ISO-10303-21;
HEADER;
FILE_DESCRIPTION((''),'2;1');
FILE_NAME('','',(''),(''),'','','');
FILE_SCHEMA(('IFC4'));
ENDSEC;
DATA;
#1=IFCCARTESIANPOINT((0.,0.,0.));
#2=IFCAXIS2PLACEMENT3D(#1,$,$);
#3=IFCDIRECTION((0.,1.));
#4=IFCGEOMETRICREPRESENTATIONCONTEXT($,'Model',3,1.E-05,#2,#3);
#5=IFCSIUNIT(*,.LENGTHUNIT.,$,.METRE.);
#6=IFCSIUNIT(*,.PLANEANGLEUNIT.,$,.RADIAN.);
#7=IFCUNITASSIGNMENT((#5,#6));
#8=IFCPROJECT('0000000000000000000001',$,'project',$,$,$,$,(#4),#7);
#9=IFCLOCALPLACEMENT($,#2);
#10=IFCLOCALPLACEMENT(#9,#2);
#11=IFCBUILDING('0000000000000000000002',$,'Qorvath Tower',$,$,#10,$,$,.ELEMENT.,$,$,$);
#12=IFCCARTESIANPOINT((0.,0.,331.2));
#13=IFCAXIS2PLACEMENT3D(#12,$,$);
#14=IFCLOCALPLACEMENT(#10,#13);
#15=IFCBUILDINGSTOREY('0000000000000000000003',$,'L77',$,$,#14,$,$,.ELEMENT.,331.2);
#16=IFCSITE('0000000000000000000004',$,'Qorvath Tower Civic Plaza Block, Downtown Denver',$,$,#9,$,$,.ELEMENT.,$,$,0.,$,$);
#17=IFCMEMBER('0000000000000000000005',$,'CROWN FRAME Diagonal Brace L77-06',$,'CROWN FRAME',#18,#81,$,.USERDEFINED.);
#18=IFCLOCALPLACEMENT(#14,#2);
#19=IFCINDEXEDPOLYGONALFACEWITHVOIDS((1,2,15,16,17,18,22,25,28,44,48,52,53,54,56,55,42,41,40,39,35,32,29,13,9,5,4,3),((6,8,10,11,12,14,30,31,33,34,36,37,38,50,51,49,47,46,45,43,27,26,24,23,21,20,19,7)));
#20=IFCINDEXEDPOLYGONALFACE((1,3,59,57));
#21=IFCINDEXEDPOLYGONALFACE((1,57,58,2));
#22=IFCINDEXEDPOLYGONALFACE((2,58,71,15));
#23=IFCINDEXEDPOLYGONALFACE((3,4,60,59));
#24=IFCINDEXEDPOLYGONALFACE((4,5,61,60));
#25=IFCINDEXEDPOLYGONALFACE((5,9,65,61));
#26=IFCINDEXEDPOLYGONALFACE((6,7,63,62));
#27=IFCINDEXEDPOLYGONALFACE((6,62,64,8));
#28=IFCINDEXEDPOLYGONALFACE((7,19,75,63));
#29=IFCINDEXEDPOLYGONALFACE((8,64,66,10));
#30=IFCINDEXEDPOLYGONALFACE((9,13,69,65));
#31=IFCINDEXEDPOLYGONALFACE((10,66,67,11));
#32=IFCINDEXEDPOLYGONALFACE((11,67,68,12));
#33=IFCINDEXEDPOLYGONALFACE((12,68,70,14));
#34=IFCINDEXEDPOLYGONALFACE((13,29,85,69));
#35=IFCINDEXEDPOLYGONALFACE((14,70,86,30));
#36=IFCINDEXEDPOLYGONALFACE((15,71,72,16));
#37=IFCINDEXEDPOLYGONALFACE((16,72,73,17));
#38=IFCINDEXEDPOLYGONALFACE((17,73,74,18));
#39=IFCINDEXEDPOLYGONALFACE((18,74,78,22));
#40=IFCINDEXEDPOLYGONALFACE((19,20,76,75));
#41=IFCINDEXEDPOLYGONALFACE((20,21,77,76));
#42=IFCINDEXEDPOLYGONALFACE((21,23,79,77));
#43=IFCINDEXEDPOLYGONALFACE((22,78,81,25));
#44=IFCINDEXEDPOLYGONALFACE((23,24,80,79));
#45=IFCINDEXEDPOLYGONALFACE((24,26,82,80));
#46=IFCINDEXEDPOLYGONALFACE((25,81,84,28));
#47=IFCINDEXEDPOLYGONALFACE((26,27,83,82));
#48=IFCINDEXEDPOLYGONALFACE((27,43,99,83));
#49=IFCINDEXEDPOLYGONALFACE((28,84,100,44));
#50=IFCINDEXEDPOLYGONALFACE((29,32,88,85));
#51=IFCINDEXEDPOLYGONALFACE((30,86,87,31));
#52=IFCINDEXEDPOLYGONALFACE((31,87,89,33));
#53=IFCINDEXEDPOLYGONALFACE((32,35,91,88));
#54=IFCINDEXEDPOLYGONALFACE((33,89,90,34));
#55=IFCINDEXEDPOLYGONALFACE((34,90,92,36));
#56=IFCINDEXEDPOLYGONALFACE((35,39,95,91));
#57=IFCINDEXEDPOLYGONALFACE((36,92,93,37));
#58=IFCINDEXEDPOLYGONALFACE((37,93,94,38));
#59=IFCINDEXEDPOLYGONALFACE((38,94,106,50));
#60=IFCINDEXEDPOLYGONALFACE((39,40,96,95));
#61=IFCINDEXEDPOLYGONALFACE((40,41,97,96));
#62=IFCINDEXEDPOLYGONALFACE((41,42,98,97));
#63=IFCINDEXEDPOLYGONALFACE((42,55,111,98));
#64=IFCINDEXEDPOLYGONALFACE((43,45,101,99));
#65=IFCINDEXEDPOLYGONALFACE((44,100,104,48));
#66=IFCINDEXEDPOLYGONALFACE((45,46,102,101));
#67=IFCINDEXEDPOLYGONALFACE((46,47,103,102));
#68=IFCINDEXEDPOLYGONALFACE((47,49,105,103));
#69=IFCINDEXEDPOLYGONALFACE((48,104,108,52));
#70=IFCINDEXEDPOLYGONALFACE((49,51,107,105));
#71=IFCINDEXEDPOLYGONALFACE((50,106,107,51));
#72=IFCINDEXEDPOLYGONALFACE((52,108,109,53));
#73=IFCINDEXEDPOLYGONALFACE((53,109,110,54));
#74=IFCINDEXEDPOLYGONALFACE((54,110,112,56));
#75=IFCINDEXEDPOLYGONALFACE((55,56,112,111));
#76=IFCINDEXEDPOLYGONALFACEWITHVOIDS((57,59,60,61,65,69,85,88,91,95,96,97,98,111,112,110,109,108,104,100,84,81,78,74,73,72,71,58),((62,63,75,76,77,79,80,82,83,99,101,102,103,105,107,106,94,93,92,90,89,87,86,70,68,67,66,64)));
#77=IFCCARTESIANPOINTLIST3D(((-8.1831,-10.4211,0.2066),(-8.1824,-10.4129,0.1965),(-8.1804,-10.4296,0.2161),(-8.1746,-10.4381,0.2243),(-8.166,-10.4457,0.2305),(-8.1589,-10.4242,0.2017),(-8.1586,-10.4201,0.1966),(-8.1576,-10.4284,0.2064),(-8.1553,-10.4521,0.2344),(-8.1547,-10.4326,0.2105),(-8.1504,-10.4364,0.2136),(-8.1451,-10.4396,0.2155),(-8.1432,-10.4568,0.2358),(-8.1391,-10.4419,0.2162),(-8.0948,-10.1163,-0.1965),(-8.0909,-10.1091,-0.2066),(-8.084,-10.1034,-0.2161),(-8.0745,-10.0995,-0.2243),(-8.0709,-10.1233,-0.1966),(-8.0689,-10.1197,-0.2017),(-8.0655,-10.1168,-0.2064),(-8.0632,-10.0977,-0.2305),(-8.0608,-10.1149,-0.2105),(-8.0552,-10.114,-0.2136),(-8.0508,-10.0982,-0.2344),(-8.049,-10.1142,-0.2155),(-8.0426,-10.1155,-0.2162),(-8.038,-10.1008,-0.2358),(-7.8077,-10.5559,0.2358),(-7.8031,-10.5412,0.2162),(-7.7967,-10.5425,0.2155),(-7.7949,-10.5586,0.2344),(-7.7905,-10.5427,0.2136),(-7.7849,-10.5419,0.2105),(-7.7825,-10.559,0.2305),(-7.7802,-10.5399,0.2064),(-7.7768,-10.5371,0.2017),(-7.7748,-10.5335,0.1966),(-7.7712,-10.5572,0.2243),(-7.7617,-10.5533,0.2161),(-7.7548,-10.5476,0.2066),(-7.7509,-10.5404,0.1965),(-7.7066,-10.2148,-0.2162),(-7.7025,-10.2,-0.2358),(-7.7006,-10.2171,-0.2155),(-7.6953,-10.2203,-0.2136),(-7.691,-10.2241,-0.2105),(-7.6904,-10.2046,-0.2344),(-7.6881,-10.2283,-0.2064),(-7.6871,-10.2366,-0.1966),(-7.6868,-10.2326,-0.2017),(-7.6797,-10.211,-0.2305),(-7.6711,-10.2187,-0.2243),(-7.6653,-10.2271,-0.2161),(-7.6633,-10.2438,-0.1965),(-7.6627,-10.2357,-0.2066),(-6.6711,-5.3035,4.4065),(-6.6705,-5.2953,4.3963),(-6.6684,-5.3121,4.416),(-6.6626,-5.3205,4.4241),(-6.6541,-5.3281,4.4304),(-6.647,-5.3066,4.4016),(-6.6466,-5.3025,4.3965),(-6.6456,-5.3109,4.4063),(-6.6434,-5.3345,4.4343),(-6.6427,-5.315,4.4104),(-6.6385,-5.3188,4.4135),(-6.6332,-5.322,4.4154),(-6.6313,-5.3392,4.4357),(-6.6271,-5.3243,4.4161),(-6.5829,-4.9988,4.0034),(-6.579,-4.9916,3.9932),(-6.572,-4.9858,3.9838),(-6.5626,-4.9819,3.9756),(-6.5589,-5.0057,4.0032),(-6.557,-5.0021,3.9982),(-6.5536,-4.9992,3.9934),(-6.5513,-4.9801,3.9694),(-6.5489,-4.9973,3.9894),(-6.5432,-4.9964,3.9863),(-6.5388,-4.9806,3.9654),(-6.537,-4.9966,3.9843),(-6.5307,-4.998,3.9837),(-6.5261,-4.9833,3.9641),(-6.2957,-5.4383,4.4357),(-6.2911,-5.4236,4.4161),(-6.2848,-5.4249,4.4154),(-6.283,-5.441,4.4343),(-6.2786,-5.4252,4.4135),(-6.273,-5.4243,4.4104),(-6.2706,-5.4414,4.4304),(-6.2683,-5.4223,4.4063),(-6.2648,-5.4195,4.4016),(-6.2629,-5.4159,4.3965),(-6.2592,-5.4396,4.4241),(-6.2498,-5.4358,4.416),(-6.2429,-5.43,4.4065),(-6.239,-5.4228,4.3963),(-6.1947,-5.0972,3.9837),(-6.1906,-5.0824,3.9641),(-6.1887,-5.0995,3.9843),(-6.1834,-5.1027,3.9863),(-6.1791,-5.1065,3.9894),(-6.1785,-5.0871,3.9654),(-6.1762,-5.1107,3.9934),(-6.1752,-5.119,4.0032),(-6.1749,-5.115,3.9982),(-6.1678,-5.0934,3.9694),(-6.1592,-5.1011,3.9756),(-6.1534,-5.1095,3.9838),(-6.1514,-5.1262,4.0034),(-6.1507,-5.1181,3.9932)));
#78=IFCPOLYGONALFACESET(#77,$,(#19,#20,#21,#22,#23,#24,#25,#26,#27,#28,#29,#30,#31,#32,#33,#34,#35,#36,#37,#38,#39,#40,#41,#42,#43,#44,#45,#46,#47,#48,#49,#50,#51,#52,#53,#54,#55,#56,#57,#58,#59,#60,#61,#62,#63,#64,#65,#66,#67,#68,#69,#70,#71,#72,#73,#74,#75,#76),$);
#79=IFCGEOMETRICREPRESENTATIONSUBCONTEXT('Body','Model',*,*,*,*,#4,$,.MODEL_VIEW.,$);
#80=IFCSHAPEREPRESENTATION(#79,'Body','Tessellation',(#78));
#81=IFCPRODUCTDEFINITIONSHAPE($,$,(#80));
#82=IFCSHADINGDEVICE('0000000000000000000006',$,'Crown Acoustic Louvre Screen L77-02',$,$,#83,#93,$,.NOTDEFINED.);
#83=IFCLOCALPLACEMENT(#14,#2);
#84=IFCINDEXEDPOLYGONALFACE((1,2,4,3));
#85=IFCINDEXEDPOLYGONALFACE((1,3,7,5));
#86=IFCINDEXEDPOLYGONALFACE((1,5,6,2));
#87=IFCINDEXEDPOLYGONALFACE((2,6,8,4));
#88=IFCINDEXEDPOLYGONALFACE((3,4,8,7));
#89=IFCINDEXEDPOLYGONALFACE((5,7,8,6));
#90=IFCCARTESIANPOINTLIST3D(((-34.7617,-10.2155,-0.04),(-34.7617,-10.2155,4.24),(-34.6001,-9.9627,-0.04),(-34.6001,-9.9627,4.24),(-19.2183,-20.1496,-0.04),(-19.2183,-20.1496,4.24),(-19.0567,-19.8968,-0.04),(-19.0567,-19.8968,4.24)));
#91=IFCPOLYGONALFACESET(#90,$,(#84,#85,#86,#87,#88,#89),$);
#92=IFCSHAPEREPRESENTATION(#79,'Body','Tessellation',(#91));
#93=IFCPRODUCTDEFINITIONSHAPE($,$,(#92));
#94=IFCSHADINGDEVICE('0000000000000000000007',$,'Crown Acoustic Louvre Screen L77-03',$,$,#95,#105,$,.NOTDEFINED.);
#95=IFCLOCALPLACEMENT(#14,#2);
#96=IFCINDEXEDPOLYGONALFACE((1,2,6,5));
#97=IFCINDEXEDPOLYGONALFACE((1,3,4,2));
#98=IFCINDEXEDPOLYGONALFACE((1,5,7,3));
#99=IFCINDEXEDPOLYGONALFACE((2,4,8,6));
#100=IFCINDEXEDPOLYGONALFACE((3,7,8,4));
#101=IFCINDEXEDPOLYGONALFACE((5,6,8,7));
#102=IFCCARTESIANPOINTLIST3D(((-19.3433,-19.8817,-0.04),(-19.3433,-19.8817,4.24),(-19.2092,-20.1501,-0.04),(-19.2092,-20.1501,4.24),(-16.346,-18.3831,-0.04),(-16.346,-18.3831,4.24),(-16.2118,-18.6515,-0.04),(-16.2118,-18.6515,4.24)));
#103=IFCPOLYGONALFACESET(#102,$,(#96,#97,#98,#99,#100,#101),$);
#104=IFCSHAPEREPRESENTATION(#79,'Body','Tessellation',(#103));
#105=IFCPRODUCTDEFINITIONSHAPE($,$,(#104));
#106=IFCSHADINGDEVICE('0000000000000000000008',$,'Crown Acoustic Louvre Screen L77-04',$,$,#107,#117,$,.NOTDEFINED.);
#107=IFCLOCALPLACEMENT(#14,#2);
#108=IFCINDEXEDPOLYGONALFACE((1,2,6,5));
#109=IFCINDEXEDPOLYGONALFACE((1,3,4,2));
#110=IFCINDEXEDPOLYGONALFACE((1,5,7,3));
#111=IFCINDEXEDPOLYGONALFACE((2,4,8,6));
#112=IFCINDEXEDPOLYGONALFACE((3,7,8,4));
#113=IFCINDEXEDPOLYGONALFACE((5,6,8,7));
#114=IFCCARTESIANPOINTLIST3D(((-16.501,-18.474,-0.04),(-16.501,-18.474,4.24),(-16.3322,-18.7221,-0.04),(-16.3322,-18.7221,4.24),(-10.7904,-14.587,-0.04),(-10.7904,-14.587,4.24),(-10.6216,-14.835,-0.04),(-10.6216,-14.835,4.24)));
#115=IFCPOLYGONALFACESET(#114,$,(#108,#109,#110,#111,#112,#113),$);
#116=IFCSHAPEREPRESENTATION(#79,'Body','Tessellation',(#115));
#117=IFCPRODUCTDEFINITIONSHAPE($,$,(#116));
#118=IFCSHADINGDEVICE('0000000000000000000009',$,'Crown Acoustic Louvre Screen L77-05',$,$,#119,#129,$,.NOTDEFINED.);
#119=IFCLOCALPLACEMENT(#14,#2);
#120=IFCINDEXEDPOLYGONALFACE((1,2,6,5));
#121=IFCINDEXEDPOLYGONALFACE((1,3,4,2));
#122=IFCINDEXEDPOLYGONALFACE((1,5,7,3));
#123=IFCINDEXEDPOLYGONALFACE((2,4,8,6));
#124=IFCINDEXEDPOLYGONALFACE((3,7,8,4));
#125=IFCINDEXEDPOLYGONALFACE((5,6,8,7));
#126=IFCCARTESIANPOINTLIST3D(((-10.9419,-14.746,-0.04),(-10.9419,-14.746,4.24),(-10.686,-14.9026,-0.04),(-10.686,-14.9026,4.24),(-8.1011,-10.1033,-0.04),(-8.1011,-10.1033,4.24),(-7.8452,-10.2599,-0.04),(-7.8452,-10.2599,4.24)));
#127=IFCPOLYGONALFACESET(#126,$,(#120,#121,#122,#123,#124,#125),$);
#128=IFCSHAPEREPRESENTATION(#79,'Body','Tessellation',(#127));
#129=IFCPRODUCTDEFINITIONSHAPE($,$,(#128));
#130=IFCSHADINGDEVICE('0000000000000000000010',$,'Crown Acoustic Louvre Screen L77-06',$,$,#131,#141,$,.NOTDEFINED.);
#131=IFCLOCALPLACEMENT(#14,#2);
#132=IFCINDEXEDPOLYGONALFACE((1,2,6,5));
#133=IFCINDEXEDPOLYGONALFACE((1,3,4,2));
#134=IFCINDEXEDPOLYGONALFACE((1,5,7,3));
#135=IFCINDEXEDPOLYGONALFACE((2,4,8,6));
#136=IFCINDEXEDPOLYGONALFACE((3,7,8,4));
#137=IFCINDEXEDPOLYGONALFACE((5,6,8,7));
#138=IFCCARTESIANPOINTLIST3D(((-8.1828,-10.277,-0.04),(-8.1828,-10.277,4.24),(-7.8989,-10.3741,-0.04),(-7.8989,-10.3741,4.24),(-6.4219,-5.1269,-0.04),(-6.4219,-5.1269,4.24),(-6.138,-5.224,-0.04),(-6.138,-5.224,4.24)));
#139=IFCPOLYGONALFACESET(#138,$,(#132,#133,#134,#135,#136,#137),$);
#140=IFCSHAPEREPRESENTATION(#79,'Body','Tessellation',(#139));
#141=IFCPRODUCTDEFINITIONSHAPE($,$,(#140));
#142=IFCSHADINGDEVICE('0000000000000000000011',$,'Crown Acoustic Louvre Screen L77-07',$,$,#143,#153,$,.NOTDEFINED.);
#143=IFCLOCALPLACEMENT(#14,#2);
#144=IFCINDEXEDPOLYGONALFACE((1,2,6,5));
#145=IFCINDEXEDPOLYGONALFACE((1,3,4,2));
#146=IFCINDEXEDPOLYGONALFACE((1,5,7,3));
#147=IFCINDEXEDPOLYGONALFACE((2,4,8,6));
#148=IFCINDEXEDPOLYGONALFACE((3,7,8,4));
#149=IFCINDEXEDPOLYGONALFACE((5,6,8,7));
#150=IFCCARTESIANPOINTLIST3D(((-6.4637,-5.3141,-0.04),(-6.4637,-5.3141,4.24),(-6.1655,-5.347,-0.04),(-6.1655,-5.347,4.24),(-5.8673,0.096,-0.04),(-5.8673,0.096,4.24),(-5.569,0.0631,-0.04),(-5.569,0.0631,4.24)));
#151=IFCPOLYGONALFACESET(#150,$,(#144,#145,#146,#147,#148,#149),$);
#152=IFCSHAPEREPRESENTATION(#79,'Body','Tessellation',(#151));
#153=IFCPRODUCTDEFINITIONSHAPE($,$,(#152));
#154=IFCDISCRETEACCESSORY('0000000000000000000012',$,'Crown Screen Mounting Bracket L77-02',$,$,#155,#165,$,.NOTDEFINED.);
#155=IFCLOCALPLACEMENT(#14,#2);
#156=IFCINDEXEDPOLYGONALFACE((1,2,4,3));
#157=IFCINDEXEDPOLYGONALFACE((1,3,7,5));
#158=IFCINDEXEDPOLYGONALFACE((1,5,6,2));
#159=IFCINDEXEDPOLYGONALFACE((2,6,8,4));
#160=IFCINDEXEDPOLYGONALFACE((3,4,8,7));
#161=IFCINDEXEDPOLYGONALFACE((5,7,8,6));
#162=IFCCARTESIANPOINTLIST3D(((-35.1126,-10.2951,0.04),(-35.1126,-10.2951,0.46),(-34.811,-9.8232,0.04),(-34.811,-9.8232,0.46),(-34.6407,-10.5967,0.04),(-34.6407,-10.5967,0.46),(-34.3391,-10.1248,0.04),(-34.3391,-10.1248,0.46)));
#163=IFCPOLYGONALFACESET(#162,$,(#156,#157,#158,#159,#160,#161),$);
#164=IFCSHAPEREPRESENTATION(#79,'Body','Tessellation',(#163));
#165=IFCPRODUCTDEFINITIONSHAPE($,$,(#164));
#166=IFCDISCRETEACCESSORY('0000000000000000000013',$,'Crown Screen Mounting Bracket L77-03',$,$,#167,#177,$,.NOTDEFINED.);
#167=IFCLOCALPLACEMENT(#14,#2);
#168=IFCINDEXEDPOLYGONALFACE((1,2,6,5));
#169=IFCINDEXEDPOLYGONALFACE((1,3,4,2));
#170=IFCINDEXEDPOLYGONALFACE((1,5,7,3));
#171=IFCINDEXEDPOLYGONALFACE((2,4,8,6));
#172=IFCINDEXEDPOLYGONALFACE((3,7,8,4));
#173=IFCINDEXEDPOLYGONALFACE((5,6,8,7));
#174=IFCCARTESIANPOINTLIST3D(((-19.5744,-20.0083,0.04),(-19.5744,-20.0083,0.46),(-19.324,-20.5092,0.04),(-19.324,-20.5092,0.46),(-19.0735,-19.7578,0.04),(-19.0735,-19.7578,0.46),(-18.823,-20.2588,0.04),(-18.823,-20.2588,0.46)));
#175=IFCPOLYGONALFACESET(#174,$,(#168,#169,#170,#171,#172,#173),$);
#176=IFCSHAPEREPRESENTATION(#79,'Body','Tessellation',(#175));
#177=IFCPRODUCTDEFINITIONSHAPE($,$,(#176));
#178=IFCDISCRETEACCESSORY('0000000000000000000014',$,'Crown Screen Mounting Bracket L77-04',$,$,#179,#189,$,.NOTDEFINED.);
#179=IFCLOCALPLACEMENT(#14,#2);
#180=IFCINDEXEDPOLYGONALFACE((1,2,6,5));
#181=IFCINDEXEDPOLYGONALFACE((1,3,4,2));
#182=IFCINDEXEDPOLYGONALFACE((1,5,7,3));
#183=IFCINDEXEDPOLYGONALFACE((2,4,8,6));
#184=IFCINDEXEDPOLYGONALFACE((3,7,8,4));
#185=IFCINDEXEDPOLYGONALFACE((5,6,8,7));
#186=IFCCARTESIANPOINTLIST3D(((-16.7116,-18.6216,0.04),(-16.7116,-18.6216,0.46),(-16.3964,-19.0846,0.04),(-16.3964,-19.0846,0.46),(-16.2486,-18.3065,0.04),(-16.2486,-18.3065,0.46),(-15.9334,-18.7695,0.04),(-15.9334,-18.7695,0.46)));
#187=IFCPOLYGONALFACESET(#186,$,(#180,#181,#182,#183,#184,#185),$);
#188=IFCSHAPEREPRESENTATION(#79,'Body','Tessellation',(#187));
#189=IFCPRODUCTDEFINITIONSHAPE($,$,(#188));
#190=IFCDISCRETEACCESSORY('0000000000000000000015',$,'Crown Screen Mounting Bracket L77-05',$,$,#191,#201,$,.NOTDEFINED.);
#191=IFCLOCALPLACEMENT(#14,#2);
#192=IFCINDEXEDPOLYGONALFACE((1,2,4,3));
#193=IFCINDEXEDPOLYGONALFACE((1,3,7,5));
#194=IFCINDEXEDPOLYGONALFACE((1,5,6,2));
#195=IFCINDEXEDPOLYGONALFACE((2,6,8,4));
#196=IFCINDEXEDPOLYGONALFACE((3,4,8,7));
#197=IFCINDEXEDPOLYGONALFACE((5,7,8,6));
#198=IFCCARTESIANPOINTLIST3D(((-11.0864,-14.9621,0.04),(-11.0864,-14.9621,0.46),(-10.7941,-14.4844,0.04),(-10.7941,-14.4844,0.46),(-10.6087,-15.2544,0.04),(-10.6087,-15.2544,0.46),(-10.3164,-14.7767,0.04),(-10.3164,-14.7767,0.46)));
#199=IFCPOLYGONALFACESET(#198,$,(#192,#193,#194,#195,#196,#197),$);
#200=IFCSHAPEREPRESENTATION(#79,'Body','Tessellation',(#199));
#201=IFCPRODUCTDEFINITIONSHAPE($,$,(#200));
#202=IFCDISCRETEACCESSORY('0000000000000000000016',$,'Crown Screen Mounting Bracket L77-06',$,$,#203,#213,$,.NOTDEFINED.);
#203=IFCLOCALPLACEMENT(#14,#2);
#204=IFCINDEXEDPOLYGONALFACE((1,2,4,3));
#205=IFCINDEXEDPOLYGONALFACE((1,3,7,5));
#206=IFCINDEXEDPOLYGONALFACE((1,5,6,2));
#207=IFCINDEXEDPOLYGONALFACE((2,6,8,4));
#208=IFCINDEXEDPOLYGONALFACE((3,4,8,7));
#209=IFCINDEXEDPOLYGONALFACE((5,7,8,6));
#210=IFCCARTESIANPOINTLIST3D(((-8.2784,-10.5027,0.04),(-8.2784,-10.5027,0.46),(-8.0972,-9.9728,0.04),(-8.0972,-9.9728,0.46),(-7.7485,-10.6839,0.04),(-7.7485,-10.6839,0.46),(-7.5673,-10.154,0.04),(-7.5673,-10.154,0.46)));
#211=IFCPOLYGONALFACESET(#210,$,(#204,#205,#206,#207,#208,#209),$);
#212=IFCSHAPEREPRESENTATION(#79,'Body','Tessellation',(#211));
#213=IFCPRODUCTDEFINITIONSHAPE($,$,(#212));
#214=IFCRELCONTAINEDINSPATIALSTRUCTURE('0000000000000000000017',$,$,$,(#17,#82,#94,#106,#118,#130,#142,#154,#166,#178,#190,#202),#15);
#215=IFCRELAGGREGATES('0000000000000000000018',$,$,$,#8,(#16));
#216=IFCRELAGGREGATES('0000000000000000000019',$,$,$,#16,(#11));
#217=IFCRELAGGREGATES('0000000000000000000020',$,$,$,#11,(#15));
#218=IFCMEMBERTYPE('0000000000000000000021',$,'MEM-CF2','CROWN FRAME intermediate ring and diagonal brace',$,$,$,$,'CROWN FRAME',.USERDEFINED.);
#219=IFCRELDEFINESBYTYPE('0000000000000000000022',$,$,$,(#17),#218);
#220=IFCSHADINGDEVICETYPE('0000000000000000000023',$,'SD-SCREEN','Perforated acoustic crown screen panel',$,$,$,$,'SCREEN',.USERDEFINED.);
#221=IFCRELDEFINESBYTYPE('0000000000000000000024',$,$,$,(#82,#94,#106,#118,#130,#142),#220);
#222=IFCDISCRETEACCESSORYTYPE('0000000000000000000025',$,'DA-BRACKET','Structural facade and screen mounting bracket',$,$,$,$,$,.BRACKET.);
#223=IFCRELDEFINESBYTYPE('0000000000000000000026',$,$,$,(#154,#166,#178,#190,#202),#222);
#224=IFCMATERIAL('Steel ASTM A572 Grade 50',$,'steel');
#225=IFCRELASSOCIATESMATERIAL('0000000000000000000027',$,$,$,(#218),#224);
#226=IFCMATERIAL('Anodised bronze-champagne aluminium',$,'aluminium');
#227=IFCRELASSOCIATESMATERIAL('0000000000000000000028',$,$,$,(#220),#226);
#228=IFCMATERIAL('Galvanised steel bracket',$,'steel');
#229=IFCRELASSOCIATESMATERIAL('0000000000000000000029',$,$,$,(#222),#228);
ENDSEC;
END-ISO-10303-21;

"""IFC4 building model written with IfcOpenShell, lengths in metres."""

from ifc_helpers import new_model, si_unit, direction, frame, origin, origin_2d, place, context, subcontext, project, spatial, rectangle, hollow_rectangle, extrude, material, material_profile, profile_set, type_object, element, save


model = new_model("IFC4")

# Units and contexts
model_context = context("Model", 3, precision=1e-05, world=origin(), true_north=direction((0.0, 1.0)))
body_context = subcontext(model_context, "Body", "Model", "MODEL_VIEW")
ifc_project = project(units=[si_unit("LENGTHUNIT", "METRE"), si_unit("PLANEANGLEUNIT", "RADIAN")], contexts=[model_context])

# Site, building, storey
site_placement = place(None, origin())
site = spatial("IfcSite", under=ifc_project, at=site_placement, Name="Qorvath Tower Civic Plaza Block, Downtown Denver", CompositionType="ELEMENT", RefElevation=0.0)
building_placement = place(site_placement, origin())
building = spatial("IfcBuilding", under=site, at=building_placement, Name="Qorvath Tower", CompositionType="ELEMENT")
storey_placement = place(building_placement, frame((0.0, 0.0, 331.2)))
storey = spatial("IfcBuildingStorey", under=building, at=storey_placement, Name="L77", CompositionType="ELEMENT", Elevation=331.2)

# Member
ifc_material_1 = material(Name="Steel ASTM A572 Grade 50", Category="steel")
ifc_material_profile_1 = material_profile(ifc_material_1, hollow_rectangle(XDim=0.45, YDim=0.6001, WallThickness=0.0249, InnerFilletRadius=0.0249, OuterFilletRadius=0.05, at=origin_2d()), Name="CROWN BOX 600x450x25")
ifc_profile_set_1 = profile_set([ifc_material_profile_1], Name="Steel ASTM A572 Grade 50")
member_type_1 = type_object("IfcMemberType", Name="MEM-CF2", Description="CROWN FRAME intermediate ring and diagonal brace", ElementType="CROWN FRAME", PredefinedType="USERDEFINED", material=ifc_profile_set_1)
member_1_placement = place(storey_placement, frame((-7.9229, -10.3284, 0.0), z_axis=(0.222646, 0.753609, 0.618468), x_axis=(-0.959022, 0.283333, 0.0)))
element("IfcMember", 1, at=member_1_placement, inside=storey, type_object=member_type_1, Name="CROWN FRAME Diagonal Brace L77-06", ObjectType="CROWN FRAME", PredefinedType="USERDEFINED", context=body_context, shape_type="SweptSolid", body=[
    extrude(hollow_rectangle(XDim=0.45, YDim=0.6001, WallThickness=0.0249, InnerFilletRadius=0.0249, OuterFilletRadius=0.05, at=origin_2d()), origin(), (0.0, 0.0, 1.0), 6.7908),
])

# Shading devices
ifc_material_2 = material(Name="Anodised bronze-champagne aluminium", Category="aluminium")
shading_device_type = type_object("IfcShadingDeviceType", Name="SD-SCREEN", Description="Perforated acoustic crown screen panel", ElementType="SCREEN", PredefinedType="USERDEFINED", material=ifc_material_2)
shading_device_1_placement = place(storey_placement, frame((-26.9092, -15.0562, -0.04), z_axis=(0.0, 0.0, 1.0), x_axis=(0.842609, -0.538525, 0.0)))
element("IfcShadingDevice", 2, at=shading_device_1_placement, inside=storey, type_object=shading_device_type, Name="Crown Acoustic Louvre Screen L77-02", PredefinedType="NOTDEFINED", context=body_context, shape_type="SweptSolid", body=[
    extrude(rectangle(XDim=18.4468, YDim=0.3, at=origin_2d()), origin(), (0.0, 0.0, 1.0), 4.28),
])
shading_device_2_placement = place(storey_placement, frame((-17.7776, -19.2666, -0.04), z_axis=(0.0, 0.0, 1.0), x_axis=(0.894439, 0.447189, 0.0)))
element("IfcShadingDevice", 3, at=shading_device_2_placement, inside=storey, type_object=shading_device_type, Name="Crown Acoustic Louvre Screen L77-03", PredefinedType="NOTDEFINED", context=body_context, shape_type="SweptSolid", body=[
    extrude(rectangle(XDim=3.3511, YDim=0.3, at=origin_2d()), origin(), (0.0, 0.0, 1.0), 4.28),
])
shading_device_3_placement = place(storey_placement, frame((-13.5613, -16.6545, -0.04), z_axis=(0.0, 0.0, 1.0), x_axis=(0.826666, 0.562692, 0.0)))
element("IfcShadingDevice", 4, at=shading_device_3_placement, inside=storey, type_object=shading_device_type, Name="Crown Acoustic Louvre Screen L77-04", PredefinedType="NOTDEFINED", context=body_context, shape_type="SweptSolid", body=[
    extrude(rectangle(XDim=6.908, YDim=0.3, at=origin_2d()), origin(), (0.0, 0.0, 1.0), 4.28),
])
for number, where, z_axis, x_axis, name in (
    (5, (-9.3936, -12.5029, -0.04), (0.0, 0.0, 1.0), (0.521924, 0.852992, 0.0), "Crown Acoustic Louvre Screen L77-05"),
    (6, (-7.1604, -7.7505, -0.04), (0.0, 0.0, 1.0), (0.323533, 0.946217, 0.0), "Crown Acoustic Louvre Screen L77-06"),
    (7, (-6.0164, -2.6255, -0.04), (0.0, 0.0, 1.0), (0.109583, 0.993978, 0.0), "Crown Acoustic Louvre Screen L77-07"),
):
    element("IfcShadingDevice", number, at=place(storey_placement, frame(where, z_axis=z_axis, x_axis=x_axis)), inside=storey, type_object=shading_device_type, Name=name, PredefinedType="NOTDEFINED", context=body_context, shape_type="SweptSolid", body=[
        extrude(rectangle(XDim=5.4429, YDim=0.3, at=origin_2d()), origin(), (0.0, 0.0, 1.0), 4.28),
    ])

# Discrete accessories
ifc_material_3 = material(Name="Galvanised steel bracket", Category="steel")
discrete_accessory_type = type_object("IfcDiscreteAccessoryType", Name="DA-BRACKET", Description="Structural facade and screen mounting bracket", PredefinedType="BRACKET", material=ifc_material_3)
for number, where, z_axis, x_axis, name in (
    (8, (-34.7258, -10.21, 0.04), (0.0, 0.0, 1.0), (0.842609, -0.538525, 0.0), "Crown Screen Mounting Bracket L77-02"),
    (9, (-19.1987, -20.1335, 0.04), (0.0, 0.0, 1.0), (0.894439, 0.447189, 0.0), "Crown Screen Mounting Bracket L77-03"),
    (10, (-16.3225, -18.6956, 0.04), (0.0, 0.0, 1.0), (0.826666, 0.562692, 0.0), "Crown Screen Mounting Bracket L77-04"),
    (11, (-10.7014, -14.8694, 0.04), (0.0, 0.0, 1.0), (0.521924, 0.852992, 0.0), "Crown Screen Mounting Bracket L77-05"),
    (12, (-7.9229, -10.3284, 0.04), (0.0, 0.0, 1.0), (0.323533, 0.946217, 0.0), "Crown Screen Mounting Bracket L77-06"),
):
    element("IfcDiscreteAccessory", number, at=place(storey_placement, frame(where, z_axis=z_axis, x_axis=x_axis)), inside=storey, type_object=discrete_accessory_type, Name=name, PredefinedType="NOTDEFINED", context=body_context, shape_type="SweptSolid", body=[
        extrude(rectangle(XDim=0.5601, YDim=0.5601, at=origin_2d()), origin(), (0.0, 0.0, 1.0), 0.4199),
    ])

save(model, "model.ifc")
